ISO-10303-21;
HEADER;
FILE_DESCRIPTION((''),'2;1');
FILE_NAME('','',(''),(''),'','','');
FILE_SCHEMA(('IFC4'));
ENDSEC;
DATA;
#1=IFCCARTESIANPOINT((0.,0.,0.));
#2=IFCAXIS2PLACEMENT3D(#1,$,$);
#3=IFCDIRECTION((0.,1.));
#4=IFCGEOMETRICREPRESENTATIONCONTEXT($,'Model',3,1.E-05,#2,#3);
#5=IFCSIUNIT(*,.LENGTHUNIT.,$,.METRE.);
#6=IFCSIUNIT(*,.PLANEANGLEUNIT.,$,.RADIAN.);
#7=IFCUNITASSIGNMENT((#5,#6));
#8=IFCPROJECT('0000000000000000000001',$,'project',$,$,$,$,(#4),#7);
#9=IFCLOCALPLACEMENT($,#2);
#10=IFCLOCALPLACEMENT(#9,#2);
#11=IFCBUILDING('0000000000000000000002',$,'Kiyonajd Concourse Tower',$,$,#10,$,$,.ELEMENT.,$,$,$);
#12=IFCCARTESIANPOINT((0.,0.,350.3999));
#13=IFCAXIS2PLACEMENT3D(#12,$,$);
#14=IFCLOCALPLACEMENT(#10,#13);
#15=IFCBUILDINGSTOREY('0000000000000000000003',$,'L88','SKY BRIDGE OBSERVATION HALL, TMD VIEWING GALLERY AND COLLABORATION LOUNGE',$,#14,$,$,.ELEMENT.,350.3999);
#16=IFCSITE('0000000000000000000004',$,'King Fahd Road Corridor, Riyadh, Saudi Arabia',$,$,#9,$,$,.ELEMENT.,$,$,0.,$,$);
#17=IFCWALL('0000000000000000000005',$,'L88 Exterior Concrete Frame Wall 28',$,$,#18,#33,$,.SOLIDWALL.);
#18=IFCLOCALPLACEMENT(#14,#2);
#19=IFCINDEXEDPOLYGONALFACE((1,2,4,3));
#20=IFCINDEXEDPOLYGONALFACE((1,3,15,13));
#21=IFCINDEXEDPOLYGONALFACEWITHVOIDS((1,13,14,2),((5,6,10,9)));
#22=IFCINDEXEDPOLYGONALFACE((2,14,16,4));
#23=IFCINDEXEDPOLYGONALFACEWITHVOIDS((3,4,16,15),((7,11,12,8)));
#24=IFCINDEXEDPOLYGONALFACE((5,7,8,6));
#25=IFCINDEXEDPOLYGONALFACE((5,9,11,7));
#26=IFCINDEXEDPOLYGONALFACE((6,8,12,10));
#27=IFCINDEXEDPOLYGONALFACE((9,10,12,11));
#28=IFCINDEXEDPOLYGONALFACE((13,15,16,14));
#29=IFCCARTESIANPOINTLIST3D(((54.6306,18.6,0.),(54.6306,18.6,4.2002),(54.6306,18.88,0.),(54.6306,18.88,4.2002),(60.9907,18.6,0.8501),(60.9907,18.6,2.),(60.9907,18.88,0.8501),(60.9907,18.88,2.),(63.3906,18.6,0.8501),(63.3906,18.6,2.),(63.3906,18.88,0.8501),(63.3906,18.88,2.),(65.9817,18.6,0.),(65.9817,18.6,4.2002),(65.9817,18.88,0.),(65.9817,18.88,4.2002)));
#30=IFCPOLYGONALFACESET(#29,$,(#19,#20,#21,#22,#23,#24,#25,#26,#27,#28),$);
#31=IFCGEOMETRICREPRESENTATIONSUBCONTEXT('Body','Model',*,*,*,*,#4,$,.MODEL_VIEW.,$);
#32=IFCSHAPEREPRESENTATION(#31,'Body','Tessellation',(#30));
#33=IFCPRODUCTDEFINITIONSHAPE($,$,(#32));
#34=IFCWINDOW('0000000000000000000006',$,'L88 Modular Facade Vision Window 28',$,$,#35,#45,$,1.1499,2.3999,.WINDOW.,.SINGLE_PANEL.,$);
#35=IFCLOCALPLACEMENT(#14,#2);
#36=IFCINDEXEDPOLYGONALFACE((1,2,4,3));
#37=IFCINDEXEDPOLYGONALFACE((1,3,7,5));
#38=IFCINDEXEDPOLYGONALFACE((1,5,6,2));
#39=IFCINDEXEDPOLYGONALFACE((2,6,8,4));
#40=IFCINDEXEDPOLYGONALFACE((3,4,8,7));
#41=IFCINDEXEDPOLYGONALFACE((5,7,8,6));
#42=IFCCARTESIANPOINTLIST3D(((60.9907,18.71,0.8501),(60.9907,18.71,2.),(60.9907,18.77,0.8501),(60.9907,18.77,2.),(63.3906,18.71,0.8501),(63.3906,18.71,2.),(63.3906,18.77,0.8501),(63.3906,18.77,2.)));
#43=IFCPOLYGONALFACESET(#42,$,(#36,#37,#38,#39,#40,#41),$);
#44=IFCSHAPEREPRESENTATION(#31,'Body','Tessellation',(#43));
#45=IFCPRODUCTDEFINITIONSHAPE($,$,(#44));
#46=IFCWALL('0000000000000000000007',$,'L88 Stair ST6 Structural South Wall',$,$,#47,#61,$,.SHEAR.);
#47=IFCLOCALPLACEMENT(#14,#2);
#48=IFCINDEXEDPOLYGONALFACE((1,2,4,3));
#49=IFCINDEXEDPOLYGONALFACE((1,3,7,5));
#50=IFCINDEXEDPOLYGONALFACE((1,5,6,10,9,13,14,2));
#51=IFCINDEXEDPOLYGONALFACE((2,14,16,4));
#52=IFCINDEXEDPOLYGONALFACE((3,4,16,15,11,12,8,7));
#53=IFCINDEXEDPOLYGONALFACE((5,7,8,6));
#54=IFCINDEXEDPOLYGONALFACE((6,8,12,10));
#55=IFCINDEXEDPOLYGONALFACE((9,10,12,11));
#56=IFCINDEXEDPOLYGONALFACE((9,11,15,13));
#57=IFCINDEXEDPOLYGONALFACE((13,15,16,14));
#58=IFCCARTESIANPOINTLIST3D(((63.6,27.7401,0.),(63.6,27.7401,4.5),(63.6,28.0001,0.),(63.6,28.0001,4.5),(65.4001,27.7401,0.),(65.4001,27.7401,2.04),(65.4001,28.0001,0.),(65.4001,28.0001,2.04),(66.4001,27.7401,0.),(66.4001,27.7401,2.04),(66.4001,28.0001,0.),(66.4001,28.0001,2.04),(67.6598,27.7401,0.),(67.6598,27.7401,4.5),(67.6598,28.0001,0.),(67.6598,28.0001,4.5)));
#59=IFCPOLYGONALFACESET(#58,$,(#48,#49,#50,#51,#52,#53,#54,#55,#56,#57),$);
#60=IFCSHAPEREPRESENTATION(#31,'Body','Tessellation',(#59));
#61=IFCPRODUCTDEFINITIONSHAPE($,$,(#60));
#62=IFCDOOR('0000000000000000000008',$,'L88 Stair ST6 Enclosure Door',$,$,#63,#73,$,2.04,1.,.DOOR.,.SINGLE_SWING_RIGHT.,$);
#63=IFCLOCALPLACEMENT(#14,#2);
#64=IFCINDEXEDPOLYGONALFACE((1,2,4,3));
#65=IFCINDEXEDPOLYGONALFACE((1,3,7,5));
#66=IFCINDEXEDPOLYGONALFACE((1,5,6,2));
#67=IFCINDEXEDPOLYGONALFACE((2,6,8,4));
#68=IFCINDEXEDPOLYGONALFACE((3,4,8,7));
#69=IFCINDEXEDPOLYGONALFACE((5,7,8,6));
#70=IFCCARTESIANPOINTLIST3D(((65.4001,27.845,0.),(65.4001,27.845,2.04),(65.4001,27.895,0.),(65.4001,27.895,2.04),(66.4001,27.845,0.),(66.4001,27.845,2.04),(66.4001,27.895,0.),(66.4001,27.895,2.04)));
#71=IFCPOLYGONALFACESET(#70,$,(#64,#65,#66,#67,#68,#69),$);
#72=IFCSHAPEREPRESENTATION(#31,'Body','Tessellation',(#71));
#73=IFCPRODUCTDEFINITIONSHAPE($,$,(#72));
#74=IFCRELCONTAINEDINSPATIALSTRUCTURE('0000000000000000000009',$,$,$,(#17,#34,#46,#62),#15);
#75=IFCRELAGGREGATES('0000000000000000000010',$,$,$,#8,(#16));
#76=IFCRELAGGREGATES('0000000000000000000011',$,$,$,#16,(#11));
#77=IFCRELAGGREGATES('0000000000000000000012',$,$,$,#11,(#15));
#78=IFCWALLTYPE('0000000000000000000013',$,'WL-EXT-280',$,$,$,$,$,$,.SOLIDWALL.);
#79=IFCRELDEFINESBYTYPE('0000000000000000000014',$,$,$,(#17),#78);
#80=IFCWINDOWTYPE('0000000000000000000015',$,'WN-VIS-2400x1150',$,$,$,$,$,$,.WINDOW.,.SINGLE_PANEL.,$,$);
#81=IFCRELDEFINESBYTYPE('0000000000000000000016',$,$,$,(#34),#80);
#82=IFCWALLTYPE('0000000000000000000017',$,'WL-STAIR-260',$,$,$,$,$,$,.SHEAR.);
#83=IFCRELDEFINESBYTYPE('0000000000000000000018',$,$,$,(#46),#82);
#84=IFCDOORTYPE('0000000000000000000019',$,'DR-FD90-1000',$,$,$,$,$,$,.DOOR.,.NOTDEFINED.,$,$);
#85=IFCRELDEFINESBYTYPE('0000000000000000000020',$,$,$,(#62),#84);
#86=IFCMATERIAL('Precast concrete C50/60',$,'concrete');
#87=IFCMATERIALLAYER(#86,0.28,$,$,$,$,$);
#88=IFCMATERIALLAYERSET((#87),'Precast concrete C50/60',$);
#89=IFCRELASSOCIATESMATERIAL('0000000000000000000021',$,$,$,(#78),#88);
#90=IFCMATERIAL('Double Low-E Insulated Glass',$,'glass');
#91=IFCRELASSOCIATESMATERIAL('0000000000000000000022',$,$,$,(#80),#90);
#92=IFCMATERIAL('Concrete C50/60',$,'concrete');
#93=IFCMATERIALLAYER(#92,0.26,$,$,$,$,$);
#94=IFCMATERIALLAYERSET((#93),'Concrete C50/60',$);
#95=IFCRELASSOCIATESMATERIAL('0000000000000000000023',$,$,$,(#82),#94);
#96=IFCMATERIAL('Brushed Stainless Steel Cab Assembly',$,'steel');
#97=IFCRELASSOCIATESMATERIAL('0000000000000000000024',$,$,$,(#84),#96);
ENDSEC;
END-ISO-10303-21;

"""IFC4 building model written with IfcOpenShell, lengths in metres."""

from ifc_helpers import new_model, si_unit, direction, frame, frame_2d, origin, place, context, subcontext, project, spatial, rectangle, extrude, material, layer, layer_set, type_object, element, fill, save


model = new_model("IFC4")

# Units and contexts
model_context = context("Model", 3, precision=1e-05, world=origin(), true_north=direction((0.0, 1.0)))
body_context = subcontext(model_context, "Body", "Model", "MODEL_VIEW")
ifc_project = project(units=[si_unit("LENGTHUNIT", "METRE"), si_unit("PLANEANGLEUNIT", "RADIAN")], contexts=[model_context])

# Site, building, storey
site_placement = place(None, origin())
site = spatial("IfcSite", under=ifc_project, at=site_placement, Name="King Fahd Road Corridor, Riyadh, Saudi Arabia", CompositionType="ELEMENT", RefElevation=0.0)
building_placement = place(site_placement, origin())
building = spatial("IfcBuilding", under=site, at=building_placement, Name="Kiyonajd Concourse Tower", CompositionType="ELEMENT")
storey_placement = place(building_placement, frame((0.0, 0.0, 350.3999)))
storey = spatial("IfcBuildingStorey", under=building, at=storey_placement, Name="L88", Description="SKY BRIDGE OBSERVATION HALL, TMD VIEWING GALLERY AND COLLABORATION LOUNGE", CompositionType="ELEMENT", Elevation=350.3999)

# Shared definitions
ifc_material_1 = material(Name="Precast concrete C50/60", Category="concrete")
ifc_layer_1 = layer(ifc_material_1, 0.28)
ifc_layer_set_1 = layer_set([ifc_layer_1], Name="Precast concrete C50/60")
wall_type_1 = type_object("IfcWallType", Name="WL-EXT-280", PredefinedType="SOLIDWALL", material=ifc_layer_set_1)

# Wall, opening, window
wall_1_placement = place(storey_placement, frame((65.9817, 18.74, 0.0), z_axis=(0.0, 0.0, 1.0), x_axis=(-1.0, 0.0, 0.0)))
wall_1 = element("IfcWall", 1, at=wall_1_placement, inside=storey, type_object=wall_type_1, Name="L88 Exterior Concrete Frame Wall 28", PredefinedType="SOLIDWALL", context=body_context, shape_type="SweptSolid", body=[
    extrude(rectangle(XDim=11.3511, YDim=0.28, at=frame_2d((5.6755, 0.0))), origin(), (0.0, 0.0, 1.0), 4.2002),
])
opening_1_placement = place(wall_1_placement, frame((2.5911, 0.0, 0.8501)))
opening_1 = element("IfcOpeningElement", 2, at=opening_1_placement, cuts=wall_1, PredefinedType="OPENING", context=body_context, shape_type="SweptSolid", body=[
    extrude(rectangle(XDim=2.3999, YDim=1.1499, at=frame_2d((1.2, 0.575))), frame((0.0, 0.1499, 0.0), z_axis=(0.0, -1.0, 0.0), x_axis=(1.0, 0.0, 0.0)), (0.0, 0.0, 1.0), 0.3),
])
ifc_material_2 = material(Name="Double Low-E Insulated Glass", Category="glass")
window_type = type_object("IfcWindowType", Name="WN-VIS-2400x1150", PartitioningType="SINGLE_PANEL", PredefinedType="WINDOW", material=ifc_material_2)
window_placement = place(opening_1_placement, origin())
window = element("IfcWindow", 3, at=window_placement, inside=storey, type_object=window_type, Name="L88 Modular Facade Vision Window 28", OverallHeight=1.1499, OverallWidth=2.3999, PartitioningType="SINGLE_PANEL", PredefinedType="WINDOW", context=body_context, shape_type="SweptSolid", body=[
    extrude(rectangle(XDim=2.3999, YDim=1.1499, at=frame_2d((1.2, 0.575))), frame((0.0, 0.03, 0.0), z_axis=(0.0, -1.0, 0.0), x_axis=(1.0, 0.0, 0.0)), (0.0, 0.0, 1.0), 0.0601),
])
fill(opening_1, window)

# Wall, opening, door
ifc_material_3 = material(Name="Concrete C50/60", Category="concrete")
ifc_layer_2 = layer(ifc_material_3, 0.26)
ifc_layer_set_2 = layer_set([ifc_layer_2], Name="Concrete C50/60")
wall_type_2 = type_object("IfcWallType", Name="WL-STAIR-260", PredefinedType="SHEAR", material=ifc_layer_set_2)
wall_2_placement = place(storey_placement, frame((63.6001, 27.8701, 0.0), z_axis=(0.0, 0.0, 1.0), x_axis=(1.0, 0.0, 0.0)))
wall_2 = element("IfcWall", 4, at=wall_2_placement, inside=storey, type_object=wall_type_2, Name="L88 Stair ST6 Structural South Wall", PredefinedType="SHEAR", context=body_context, shape_type="SweptSolid", body=[
    extrude(rectangle(XDim=4.0598, YDim=0.26, at=frame_2d((2.0298, 0.0))), origin(), (0.0, 0.0, 1.0), 4.5),
])
opening_2_placement = place(wall_2_placement, frame((1.8, 0.0, 0.0)))
opening_2 = element("IfcOpeningElement", 5, at=opening_2_placement, cuts=wall_2, PredefinedType="OPENING", context=body_context, shape_type="SweptSolid", body=[
    extrude(rectangle(XDim=1.0, YDim=2.04, at=frame_2d((0.5, 1.02))), frame((0.0, 0.1399, 0.0), z_axis=(0.0, -1.0, 0.0), x_axis=(1.0, 0.0, 0.0)), (0.0, 0.0, 1.0), 0.28),
])
ifc_material_4 = material(Name="Brushed Stainless Steel Cab Assembly", Category="steel")
door_type = type_object("IfcDoorType", Name="DR-FD90-1000", OperationType="NOTDEFINED", PredefinedType="DOOR", material=ifc_material_4)
door_placement = place(opening_2_placement, origin())
door = element("IfcDoor", 6, at=door_placement, inside=storey, type_object=door_type, Name="L88 Stair ST6 Enclosure Door", OperationType="SINGLE_SWING_RIGHT", OverallHeight=2.04, OverallWidth=1.0, PredefinedType="DOOR", context=body_context, shape_type="SweptSolid", body=[
    extrude(rectangle(XDim=1.0, YDim=2.04, at=frame_2d((0.5, 1.02))), frame((0.0, 0.0249, 0.0), z_axis=(0.0, -1.0, 0.0), x_axis=(1.0, 0.0, 0.0)), (0.0, 0.0, 1.0), 0.05),
])
fill(opening_2, door)

save(model, "model.ifc")
